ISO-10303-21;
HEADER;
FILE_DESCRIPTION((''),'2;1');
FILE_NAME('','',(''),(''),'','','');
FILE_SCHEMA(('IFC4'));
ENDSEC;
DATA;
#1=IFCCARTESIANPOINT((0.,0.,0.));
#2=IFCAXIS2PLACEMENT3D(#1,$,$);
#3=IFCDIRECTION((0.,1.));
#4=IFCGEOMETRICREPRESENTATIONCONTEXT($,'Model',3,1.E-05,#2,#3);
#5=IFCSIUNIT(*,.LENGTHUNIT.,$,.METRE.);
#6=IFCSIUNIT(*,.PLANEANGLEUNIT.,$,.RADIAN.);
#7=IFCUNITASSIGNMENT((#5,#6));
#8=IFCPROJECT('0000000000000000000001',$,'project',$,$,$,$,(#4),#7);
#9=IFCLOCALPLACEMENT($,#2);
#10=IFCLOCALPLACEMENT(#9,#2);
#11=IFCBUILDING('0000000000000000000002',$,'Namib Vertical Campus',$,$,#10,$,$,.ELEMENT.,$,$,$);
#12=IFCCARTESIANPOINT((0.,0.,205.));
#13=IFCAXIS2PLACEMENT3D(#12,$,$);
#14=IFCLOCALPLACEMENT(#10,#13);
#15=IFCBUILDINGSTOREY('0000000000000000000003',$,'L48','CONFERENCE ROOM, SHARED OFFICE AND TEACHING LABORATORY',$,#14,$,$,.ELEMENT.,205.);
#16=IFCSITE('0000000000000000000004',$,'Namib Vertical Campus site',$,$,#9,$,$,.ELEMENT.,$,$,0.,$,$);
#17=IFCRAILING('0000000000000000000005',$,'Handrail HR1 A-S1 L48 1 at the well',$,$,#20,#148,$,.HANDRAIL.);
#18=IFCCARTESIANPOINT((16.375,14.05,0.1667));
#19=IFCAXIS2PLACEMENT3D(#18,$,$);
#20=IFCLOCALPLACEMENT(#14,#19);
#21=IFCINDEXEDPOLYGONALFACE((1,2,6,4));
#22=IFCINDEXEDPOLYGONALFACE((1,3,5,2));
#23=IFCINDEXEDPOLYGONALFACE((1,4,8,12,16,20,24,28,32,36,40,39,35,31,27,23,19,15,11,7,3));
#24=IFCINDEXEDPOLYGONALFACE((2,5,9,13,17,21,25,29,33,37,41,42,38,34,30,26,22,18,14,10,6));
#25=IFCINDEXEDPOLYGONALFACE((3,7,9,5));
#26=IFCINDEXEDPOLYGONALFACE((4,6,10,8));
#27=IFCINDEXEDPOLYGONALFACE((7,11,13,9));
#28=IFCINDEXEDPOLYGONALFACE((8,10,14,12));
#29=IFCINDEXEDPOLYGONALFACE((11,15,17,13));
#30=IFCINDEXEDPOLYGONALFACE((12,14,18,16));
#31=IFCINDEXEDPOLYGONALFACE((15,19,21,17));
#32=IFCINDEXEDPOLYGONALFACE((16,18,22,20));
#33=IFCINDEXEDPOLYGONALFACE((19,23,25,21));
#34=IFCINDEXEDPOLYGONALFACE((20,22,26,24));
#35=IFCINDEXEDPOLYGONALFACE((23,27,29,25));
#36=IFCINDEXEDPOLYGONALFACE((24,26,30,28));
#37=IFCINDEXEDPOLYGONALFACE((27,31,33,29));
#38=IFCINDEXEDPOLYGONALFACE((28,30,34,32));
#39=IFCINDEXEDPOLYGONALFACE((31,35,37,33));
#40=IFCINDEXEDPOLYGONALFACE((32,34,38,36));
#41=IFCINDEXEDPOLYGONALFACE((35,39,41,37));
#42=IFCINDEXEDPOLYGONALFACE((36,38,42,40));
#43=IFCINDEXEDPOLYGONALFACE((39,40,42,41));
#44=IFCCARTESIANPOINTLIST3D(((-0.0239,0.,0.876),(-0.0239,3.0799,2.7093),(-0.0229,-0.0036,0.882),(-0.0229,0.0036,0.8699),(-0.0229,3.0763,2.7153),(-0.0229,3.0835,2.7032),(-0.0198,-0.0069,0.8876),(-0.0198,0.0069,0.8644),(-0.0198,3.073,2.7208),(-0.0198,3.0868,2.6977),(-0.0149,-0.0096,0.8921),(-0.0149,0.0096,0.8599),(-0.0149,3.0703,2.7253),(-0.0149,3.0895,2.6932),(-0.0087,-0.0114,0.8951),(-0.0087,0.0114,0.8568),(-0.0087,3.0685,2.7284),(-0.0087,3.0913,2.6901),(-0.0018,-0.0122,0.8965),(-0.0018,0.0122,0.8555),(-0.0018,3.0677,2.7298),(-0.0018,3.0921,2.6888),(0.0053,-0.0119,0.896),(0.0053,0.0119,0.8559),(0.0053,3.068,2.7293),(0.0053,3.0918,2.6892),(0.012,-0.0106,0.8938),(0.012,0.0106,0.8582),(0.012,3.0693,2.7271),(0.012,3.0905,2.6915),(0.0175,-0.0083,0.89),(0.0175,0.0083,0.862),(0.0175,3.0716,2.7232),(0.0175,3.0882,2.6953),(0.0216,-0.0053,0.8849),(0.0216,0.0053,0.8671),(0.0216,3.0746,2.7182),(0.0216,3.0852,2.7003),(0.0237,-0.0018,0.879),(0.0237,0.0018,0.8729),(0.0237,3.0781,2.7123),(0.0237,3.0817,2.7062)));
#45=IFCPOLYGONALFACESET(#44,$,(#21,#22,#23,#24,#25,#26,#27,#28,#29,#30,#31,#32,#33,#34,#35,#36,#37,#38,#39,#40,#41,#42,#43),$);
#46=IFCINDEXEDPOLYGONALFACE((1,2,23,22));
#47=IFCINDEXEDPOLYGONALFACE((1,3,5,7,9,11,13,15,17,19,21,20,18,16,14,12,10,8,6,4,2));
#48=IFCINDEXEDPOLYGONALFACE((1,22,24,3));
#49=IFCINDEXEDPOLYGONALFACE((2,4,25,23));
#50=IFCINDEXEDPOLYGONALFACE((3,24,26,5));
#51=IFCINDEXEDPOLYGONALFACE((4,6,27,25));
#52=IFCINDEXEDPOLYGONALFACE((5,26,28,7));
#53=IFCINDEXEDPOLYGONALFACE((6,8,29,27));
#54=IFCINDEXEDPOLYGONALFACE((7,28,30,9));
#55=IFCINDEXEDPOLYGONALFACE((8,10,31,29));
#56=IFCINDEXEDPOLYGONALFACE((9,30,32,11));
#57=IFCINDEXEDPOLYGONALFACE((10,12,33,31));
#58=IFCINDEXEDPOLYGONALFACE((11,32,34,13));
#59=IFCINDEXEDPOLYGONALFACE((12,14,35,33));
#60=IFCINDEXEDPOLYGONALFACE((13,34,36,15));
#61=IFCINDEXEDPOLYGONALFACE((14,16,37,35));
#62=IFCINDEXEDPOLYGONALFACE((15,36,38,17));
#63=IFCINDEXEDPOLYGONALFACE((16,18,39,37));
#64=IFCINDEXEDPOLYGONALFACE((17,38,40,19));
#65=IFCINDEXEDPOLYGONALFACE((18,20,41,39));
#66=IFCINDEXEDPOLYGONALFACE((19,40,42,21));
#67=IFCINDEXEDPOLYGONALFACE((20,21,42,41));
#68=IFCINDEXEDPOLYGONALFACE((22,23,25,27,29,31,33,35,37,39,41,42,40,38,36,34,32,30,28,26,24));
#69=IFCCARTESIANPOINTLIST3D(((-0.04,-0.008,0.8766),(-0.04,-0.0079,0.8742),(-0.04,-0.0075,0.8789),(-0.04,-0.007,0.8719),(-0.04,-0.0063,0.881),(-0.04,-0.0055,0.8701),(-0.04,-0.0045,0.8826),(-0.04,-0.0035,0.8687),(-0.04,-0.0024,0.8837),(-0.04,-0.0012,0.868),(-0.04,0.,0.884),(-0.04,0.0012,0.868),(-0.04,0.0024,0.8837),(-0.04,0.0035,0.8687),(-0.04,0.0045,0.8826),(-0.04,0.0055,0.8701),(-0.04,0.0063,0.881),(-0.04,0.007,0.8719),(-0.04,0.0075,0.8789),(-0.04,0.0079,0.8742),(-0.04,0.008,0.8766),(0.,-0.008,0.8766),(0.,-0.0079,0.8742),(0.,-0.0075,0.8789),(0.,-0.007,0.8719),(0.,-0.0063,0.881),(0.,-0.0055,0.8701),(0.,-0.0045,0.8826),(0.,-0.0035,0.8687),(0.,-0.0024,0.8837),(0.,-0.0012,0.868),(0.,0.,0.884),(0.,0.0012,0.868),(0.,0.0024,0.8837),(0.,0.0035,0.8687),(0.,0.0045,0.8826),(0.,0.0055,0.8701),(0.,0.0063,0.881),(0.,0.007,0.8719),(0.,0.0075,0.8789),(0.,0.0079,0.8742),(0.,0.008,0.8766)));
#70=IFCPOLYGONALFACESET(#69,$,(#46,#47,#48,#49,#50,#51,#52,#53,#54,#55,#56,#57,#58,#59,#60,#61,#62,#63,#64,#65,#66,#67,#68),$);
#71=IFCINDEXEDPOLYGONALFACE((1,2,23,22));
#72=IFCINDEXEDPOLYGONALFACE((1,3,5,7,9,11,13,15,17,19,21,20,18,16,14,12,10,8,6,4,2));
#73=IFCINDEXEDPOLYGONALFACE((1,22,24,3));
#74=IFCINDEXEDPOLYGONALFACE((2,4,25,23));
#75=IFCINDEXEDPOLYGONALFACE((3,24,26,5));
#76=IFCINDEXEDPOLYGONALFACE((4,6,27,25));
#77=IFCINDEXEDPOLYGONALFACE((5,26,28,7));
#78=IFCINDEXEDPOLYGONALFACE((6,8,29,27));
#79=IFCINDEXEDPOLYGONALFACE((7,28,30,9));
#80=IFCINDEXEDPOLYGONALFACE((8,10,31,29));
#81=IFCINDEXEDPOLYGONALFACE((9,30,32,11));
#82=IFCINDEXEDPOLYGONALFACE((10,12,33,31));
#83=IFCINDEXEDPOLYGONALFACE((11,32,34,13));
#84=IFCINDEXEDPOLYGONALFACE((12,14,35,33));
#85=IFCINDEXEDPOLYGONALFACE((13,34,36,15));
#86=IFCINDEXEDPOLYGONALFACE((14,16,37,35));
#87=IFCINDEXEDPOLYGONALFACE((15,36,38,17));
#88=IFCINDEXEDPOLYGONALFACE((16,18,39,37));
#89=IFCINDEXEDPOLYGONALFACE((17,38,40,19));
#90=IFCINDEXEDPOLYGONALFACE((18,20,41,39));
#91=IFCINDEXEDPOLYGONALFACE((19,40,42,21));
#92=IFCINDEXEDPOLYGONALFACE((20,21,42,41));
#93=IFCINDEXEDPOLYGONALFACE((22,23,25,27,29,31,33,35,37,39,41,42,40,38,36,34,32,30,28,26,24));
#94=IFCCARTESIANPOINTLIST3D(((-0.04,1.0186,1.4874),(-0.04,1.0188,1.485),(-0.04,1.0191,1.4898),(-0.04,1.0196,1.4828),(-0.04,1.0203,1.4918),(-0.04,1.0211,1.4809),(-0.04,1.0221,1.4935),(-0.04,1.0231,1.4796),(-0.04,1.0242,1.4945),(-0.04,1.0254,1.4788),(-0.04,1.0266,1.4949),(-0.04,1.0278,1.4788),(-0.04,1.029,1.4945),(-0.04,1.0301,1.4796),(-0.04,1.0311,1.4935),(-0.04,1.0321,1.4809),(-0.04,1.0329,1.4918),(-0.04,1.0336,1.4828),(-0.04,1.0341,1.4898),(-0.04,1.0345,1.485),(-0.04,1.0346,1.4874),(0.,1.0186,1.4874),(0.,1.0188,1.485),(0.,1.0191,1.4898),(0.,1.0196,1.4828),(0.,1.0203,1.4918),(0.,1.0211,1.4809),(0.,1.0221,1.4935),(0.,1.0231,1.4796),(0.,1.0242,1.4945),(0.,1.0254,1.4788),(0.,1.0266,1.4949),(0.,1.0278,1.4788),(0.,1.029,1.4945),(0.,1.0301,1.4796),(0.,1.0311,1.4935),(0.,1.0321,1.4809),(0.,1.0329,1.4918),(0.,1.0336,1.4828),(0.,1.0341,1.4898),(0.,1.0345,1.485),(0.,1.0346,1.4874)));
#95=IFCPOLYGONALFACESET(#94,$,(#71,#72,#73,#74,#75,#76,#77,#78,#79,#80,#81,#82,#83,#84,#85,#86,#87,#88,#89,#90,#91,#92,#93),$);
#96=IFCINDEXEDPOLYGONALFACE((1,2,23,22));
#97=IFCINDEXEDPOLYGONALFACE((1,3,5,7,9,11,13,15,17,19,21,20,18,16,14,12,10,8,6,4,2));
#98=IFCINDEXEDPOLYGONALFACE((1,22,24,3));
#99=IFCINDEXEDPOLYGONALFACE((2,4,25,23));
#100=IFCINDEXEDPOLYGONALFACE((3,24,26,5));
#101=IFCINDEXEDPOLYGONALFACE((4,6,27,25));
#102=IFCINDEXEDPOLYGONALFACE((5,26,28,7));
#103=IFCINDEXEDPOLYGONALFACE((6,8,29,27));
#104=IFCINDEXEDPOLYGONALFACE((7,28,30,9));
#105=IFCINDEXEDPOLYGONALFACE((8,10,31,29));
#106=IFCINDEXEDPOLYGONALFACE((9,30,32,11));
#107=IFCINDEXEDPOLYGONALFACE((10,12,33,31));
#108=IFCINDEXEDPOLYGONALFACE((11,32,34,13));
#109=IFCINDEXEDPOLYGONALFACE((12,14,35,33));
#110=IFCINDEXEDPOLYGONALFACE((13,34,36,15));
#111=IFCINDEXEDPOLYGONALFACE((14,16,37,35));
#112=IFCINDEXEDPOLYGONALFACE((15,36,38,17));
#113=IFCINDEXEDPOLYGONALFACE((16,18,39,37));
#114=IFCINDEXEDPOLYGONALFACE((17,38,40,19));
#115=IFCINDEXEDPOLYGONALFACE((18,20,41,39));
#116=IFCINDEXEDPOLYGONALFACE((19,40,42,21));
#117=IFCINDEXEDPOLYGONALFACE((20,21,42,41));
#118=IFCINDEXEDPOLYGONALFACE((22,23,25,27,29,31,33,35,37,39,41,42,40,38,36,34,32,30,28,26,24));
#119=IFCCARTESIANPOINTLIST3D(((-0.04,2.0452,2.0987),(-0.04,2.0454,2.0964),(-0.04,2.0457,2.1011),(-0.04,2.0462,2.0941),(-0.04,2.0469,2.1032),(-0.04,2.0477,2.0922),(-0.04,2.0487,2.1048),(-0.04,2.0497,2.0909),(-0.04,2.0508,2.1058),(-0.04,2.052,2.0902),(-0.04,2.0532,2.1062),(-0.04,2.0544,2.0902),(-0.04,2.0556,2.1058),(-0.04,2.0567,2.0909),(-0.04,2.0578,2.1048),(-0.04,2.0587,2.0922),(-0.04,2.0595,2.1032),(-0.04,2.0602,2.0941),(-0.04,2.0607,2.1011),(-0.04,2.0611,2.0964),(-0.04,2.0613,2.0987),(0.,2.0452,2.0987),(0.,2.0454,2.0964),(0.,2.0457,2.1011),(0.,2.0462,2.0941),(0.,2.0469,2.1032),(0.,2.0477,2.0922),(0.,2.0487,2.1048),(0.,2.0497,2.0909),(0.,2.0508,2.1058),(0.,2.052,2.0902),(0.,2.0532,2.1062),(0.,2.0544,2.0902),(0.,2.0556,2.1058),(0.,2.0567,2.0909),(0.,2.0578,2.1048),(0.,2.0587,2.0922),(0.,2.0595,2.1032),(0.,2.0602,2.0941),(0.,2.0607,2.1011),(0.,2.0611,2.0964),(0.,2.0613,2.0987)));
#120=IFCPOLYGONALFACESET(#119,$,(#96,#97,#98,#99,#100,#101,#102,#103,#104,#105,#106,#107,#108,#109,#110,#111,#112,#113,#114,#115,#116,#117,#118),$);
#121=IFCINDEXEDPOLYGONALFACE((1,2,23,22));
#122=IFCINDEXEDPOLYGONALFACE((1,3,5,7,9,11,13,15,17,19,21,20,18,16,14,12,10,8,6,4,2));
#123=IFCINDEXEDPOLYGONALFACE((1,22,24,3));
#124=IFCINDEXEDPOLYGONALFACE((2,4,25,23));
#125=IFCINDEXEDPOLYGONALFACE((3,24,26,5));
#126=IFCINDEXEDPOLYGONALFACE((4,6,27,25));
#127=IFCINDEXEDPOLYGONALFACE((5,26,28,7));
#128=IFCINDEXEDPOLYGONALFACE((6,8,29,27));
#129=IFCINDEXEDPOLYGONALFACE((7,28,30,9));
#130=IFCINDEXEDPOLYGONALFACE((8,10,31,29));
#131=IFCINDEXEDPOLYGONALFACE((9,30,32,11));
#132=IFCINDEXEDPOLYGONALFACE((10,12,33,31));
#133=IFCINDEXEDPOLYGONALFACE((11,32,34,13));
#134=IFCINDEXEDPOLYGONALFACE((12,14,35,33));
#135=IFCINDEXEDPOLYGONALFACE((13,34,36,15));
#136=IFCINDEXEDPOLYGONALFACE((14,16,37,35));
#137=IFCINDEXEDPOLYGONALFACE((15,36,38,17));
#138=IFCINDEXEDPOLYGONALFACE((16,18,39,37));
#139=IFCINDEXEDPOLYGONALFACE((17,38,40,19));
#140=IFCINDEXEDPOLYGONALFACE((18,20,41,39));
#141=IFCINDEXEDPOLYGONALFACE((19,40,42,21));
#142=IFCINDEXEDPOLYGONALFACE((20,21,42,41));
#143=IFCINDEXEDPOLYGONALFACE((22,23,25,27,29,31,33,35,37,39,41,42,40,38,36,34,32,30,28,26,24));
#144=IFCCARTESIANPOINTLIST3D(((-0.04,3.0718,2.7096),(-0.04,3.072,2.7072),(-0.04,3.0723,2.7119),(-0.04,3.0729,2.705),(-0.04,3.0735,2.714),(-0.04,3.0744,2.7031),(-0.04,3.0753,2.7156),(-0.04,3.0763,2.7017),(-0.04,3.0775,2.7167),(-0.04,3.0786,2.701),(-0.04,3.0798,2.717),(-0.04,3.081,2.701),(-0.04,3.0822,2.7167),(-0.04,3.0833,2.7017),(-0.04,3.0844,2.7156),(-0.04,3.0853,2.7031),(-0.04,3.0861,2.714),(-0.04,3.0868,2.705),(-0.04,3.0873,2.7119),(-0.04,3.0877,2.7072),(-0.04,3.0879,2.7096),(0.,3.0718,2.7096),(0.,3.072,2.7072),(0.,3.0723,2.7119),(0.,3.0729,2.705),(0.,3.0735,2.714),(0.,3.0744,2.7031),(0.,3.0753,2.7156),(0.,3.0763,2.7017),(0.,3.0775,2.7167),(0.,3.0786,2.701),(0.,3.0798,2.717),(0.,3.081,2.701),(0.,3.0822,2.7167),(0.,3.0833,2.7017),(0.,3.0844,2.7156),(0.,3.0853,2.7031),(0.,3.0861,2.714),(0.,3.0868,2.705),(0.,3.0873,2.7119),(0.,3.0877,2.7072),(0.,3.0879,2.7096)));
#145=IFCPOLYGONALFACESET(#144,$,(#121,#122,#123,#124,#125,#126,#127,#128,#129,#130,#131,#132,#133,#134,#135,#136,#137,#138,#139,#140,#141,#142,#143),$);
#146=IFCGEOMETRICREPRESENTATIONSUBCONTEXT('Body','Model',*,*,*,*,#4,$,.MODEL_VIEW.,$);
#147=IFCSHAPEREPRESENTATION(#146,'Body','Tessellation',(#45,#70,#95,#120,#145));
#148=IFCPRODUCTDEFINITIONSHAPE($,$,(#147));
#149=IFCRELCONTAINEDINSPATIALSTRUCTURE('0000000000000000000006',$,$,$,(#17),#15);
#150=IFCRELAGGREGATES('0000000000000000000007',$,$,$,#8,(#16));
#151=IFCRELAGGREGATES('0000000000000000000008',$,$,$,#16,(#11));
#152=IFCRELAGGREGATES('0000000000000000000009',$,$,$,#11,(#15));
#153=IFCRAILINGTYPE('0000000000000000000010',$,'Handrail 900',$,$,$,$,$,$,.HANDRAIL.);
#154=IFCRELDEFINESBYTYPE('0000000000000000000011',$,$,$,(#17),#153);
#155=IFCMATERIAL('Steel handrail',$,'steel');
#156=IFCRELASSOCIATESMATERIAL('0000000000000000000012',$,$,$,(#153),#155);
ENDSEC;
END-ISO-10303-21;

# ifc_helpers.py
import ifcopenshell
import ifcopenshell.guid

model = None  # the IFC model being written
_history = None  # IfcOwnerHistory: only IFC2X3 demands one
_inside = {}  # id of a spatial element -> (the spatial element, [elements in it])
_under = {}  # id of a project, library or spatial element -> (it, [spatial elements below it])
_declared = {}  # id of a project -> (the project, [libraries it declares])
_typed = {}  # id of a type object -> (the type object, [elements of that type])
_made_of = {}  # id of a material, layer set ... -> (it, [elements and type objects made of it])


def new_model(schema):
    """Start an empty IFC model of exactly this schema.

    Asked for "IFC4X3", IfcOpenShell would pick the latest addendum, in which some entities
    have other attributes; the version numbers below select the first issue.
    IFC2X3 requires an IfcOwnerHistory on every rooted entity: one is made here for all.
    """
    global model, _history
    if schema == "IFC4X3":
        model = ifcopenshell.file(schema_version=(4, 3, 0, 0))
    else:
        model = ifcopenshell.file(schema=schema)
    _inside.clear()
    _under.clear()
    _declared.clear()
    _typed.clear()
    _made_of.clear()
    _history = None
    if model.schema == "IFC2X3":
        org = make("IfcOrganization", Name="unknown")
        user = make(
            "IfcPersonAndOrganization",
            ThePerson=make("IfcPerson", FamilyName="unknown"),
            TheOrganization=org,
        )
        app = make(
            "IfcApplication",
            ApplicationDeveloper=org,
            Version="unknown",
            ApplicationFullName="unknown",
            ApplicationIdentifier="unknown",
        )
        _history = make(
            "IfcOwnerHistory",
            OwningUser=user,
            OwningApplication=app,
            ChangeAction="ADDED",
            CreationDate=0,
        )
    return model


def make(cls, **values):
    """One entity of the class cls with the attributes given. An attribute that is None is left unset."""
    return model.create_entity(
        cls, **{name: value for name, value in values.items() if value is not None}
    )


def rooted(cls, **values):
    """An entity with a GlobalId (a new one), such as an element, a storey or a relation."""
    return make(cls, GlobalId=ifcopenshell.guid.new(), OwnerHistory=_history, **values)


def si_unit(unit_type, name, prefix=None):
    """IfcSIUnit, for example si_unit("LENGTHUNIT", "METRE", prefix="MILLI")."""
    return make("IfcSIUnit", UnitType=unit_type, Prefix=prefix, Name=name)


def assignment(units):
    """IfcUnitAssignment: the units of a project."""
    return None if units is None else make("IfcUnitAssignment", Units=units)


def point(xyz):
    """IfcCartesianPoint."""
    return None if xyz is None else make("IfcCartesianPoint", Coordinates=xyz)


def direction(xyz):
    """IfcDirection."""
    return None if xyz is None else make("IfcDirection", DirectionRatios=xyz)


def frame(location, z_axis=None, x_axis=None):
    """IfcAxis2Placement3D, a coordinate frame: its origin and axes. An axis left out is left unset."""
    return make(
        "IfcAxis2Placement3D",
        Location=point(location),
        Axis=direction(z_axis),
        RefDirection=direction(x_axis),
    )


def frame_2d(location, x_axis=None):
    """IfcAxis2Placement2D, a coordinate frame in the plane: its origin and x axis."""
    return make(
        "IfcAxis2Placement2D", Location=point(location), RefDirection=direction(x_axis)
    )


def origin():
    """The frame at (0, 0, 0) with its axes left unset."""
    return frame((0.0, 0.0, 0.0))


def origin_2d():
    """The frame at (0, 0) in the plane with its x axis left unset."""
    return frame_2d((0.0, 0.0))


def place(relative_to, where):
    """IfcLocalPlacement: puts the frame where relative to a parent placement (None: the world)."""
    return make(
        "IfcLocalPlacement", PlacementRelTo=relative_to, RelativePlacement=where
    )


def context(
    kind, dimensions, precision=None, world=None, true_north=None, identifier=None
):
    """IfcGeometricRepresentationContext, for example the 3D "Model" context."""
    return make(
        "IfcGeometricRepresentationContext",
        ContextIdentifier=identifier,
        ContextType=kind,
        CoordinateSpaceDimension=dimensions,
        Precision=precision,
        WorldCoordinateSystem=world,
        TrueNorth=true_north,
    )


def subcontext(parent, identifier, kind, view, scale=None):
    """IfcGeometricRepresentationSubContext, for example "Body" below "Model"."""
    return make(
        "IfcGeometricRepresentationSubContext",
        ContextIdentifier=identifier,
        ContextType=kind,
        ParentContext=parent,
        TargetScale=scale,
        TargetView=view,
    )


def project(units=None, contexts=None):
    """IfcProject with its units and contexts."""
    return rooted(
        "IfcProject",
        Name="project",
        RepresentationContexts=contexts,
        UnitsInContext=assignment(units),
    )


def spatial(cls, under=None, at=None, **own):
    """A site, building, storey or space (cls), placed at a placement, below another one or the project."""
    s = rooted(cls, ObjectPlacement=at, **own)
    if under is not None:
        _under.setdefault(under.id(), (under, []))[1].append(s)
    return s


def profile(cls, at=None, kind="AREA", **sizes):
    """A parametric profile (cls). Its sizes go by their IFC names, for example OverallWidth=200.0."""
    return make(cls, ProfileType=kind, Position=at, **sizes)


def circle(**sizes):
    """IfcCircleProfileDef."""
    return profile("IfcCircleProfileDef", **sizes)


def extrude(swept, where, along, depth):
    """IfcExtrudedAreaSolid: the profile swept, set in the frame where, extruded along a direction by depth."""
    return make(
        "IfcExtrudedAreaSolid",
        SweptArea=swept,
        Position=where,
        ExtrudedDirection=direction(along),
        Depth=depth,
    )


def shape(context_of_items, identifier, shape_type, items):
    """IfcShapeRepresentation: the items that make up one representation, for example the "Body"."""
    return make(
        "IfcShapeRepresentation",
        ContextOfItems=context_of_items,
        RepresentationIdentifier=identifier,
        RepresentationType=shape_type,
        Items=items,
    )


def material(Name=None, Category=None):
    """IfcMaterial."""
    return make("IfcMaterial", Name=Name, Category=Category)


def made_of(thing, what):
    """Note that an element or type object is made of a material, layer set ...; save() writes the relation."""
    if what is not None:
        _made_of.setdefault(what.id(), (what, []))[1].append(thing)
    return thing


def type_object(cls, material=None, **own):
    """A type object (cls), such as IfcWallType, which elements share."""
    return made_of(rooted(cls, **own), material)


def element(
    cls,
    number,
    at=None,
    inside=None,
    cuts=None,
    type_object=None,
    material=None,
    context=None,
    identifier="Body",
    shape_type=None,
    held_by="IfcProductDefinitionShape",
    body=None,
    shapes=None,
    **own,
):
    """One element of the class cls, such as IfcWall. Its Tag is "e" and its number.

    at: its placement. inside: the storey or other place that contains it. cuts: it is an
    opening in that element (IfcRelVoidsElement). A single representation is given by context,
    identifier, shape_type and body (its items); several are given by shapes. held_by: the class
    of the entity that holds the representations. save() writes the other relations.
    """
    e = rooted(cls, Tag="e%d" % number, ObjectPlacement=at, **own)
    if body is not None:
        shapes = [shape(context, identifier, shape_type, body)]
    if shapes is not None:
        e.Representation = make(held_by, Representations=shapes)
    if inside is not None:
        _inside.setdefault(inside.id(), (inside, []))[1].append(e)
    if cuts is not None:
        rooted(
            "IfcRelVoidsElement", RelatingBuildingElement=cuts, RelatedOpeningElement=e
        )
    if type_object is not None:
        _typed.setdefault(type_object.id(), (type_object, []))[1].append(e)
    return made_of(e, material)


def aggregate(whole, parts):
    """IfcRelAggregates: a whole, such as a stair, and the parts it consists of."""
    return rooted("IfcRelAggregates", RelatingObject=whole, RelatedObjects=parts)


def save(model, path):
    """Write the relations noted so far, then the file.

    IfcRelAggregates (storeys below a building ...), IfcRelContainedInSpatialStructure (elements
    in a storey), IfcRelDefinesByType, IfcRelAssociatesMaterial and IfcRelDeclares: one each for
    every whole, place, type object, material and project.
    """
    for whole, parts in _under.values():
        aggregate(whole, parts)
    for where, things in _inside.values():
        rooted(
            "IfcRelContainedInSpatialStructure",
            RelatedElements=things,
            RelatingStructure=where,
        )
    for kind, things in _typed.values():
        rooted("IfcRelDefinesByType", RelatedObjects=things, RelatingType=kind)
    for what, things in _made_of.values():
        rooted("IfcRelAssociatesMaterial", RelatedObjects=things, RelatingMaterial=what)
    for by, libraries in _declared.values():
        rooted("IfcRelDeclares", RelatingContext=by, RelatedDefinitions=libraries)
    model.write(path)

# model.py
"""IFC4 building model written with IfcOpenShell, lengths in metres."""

from ifc_helpers import new_model, si_unit, direction, frame, origin, origin_2d, place, context, subcontext, project, spatial, circle, extrude, material, type_object, element, save


model = new_model("IFC4")

# Units and contexts
model_context = context("Model", 3, precision=1e-05, world=origin(), true_north=direction((0.0, 1.0)))
body_context = subcontext(model_context, "Body", "Model", "MODEL_VIEW")
ifc_project = project(units=[si_unit("LENGTHUNIT", "METRE"), si_unit("PLANEANGLEUNIT", "RADIAN")], contexts=[model_context])

# Site, building, storey
site_placement = place(None, origin())
site = spatial("IfcSite", under=ifc_project, at=site_placement, Name="Namib Vertical Campus site", CompositionType="ELEMENT", RefElevation=0.0)
building_placement = place(site_placement, origin())
building = spatial("IfcBuilding", under=site, at=building_placement, Name="Namib Vertical Campus", CompositionType="ELEMENT")
storey_placement = place(building_placement, frame((0.0, 0.0, 205.0)))
storey = spatial("IfcBuildingStorey", under=building, at=storey_placement, Name="L48", Description="CONFERENCE ROOM, SHARED OFFICE AND TEACHING LABORATORY", CompositionType="ELEMENT", Elevation=205.0)

# Railing
ifc_material_1 = material(Name="Steel handrail", Category="steel")
railing_type_1 = type_object("IfcRailingType", Name="Handrail 900", PredefinedType="HANDRAIL", material=ifc_material_1)
railing_1_placement = place(storey_placement, frame((16.375, 14.05, 0.1667)))
element("IfcRailing", 1, at=railing_1_placement, inside=storey, type_object=railing_type_1, Name="Handrail HR1 A-S1 L48 1 at the well", PredefinedType="HANDRAIL", context=body_context, shape_type="SweptSolid", body=[
    extrude(circle(Radius=0.0239, at=origin_2d()), frame((0.0, 0.0, 0.876), z_axis=(0.0, 0.859291, 0.511487), x_axis=(-1.0, 0.0, 0.0)), (0.0, 0.0, 1.0), 3.5842),
    extrude(circle(Radius=0.0081, at=origin_2d()), frame((0.0, 0.0, 0.876), z_axis=(-1.0, 0.0, 0.0), x_axis=(0.0, 0.0, 1.0)), (0.0, 0.0, 1.0), 0.04),
    extrude(circle(Radius=0.0081, at=origin_2d()), frame((0.0, 1.0266, 1.4868), z_axis=(-1.0, 0.0, 0.0), x_axis=(0.0, 0.0, 1.0)), (0.0, 0.0, 1.0), 0.04),
    extrude(circle(Radius=0.0081, at=origin_2d()), frame((0.0, 2.0532, 2.0981), z_axis=(-1.0, 0.0, 0.0), x_axis=(0.0, 0.0, 1.0)), (0.0, 0.0, 1.0), 0.04),
    extrude(circle(Radius=0.0081, at=origin_2d()), frame((0.0, 3.0798, 2.709), z_axis=(-1.0, 0.0, 0.0), x_axis=(0.0, 0.0, 1.0)), (0.0, 0.0, 1.0), 0.04),
])

save(model, "model.ifc")
